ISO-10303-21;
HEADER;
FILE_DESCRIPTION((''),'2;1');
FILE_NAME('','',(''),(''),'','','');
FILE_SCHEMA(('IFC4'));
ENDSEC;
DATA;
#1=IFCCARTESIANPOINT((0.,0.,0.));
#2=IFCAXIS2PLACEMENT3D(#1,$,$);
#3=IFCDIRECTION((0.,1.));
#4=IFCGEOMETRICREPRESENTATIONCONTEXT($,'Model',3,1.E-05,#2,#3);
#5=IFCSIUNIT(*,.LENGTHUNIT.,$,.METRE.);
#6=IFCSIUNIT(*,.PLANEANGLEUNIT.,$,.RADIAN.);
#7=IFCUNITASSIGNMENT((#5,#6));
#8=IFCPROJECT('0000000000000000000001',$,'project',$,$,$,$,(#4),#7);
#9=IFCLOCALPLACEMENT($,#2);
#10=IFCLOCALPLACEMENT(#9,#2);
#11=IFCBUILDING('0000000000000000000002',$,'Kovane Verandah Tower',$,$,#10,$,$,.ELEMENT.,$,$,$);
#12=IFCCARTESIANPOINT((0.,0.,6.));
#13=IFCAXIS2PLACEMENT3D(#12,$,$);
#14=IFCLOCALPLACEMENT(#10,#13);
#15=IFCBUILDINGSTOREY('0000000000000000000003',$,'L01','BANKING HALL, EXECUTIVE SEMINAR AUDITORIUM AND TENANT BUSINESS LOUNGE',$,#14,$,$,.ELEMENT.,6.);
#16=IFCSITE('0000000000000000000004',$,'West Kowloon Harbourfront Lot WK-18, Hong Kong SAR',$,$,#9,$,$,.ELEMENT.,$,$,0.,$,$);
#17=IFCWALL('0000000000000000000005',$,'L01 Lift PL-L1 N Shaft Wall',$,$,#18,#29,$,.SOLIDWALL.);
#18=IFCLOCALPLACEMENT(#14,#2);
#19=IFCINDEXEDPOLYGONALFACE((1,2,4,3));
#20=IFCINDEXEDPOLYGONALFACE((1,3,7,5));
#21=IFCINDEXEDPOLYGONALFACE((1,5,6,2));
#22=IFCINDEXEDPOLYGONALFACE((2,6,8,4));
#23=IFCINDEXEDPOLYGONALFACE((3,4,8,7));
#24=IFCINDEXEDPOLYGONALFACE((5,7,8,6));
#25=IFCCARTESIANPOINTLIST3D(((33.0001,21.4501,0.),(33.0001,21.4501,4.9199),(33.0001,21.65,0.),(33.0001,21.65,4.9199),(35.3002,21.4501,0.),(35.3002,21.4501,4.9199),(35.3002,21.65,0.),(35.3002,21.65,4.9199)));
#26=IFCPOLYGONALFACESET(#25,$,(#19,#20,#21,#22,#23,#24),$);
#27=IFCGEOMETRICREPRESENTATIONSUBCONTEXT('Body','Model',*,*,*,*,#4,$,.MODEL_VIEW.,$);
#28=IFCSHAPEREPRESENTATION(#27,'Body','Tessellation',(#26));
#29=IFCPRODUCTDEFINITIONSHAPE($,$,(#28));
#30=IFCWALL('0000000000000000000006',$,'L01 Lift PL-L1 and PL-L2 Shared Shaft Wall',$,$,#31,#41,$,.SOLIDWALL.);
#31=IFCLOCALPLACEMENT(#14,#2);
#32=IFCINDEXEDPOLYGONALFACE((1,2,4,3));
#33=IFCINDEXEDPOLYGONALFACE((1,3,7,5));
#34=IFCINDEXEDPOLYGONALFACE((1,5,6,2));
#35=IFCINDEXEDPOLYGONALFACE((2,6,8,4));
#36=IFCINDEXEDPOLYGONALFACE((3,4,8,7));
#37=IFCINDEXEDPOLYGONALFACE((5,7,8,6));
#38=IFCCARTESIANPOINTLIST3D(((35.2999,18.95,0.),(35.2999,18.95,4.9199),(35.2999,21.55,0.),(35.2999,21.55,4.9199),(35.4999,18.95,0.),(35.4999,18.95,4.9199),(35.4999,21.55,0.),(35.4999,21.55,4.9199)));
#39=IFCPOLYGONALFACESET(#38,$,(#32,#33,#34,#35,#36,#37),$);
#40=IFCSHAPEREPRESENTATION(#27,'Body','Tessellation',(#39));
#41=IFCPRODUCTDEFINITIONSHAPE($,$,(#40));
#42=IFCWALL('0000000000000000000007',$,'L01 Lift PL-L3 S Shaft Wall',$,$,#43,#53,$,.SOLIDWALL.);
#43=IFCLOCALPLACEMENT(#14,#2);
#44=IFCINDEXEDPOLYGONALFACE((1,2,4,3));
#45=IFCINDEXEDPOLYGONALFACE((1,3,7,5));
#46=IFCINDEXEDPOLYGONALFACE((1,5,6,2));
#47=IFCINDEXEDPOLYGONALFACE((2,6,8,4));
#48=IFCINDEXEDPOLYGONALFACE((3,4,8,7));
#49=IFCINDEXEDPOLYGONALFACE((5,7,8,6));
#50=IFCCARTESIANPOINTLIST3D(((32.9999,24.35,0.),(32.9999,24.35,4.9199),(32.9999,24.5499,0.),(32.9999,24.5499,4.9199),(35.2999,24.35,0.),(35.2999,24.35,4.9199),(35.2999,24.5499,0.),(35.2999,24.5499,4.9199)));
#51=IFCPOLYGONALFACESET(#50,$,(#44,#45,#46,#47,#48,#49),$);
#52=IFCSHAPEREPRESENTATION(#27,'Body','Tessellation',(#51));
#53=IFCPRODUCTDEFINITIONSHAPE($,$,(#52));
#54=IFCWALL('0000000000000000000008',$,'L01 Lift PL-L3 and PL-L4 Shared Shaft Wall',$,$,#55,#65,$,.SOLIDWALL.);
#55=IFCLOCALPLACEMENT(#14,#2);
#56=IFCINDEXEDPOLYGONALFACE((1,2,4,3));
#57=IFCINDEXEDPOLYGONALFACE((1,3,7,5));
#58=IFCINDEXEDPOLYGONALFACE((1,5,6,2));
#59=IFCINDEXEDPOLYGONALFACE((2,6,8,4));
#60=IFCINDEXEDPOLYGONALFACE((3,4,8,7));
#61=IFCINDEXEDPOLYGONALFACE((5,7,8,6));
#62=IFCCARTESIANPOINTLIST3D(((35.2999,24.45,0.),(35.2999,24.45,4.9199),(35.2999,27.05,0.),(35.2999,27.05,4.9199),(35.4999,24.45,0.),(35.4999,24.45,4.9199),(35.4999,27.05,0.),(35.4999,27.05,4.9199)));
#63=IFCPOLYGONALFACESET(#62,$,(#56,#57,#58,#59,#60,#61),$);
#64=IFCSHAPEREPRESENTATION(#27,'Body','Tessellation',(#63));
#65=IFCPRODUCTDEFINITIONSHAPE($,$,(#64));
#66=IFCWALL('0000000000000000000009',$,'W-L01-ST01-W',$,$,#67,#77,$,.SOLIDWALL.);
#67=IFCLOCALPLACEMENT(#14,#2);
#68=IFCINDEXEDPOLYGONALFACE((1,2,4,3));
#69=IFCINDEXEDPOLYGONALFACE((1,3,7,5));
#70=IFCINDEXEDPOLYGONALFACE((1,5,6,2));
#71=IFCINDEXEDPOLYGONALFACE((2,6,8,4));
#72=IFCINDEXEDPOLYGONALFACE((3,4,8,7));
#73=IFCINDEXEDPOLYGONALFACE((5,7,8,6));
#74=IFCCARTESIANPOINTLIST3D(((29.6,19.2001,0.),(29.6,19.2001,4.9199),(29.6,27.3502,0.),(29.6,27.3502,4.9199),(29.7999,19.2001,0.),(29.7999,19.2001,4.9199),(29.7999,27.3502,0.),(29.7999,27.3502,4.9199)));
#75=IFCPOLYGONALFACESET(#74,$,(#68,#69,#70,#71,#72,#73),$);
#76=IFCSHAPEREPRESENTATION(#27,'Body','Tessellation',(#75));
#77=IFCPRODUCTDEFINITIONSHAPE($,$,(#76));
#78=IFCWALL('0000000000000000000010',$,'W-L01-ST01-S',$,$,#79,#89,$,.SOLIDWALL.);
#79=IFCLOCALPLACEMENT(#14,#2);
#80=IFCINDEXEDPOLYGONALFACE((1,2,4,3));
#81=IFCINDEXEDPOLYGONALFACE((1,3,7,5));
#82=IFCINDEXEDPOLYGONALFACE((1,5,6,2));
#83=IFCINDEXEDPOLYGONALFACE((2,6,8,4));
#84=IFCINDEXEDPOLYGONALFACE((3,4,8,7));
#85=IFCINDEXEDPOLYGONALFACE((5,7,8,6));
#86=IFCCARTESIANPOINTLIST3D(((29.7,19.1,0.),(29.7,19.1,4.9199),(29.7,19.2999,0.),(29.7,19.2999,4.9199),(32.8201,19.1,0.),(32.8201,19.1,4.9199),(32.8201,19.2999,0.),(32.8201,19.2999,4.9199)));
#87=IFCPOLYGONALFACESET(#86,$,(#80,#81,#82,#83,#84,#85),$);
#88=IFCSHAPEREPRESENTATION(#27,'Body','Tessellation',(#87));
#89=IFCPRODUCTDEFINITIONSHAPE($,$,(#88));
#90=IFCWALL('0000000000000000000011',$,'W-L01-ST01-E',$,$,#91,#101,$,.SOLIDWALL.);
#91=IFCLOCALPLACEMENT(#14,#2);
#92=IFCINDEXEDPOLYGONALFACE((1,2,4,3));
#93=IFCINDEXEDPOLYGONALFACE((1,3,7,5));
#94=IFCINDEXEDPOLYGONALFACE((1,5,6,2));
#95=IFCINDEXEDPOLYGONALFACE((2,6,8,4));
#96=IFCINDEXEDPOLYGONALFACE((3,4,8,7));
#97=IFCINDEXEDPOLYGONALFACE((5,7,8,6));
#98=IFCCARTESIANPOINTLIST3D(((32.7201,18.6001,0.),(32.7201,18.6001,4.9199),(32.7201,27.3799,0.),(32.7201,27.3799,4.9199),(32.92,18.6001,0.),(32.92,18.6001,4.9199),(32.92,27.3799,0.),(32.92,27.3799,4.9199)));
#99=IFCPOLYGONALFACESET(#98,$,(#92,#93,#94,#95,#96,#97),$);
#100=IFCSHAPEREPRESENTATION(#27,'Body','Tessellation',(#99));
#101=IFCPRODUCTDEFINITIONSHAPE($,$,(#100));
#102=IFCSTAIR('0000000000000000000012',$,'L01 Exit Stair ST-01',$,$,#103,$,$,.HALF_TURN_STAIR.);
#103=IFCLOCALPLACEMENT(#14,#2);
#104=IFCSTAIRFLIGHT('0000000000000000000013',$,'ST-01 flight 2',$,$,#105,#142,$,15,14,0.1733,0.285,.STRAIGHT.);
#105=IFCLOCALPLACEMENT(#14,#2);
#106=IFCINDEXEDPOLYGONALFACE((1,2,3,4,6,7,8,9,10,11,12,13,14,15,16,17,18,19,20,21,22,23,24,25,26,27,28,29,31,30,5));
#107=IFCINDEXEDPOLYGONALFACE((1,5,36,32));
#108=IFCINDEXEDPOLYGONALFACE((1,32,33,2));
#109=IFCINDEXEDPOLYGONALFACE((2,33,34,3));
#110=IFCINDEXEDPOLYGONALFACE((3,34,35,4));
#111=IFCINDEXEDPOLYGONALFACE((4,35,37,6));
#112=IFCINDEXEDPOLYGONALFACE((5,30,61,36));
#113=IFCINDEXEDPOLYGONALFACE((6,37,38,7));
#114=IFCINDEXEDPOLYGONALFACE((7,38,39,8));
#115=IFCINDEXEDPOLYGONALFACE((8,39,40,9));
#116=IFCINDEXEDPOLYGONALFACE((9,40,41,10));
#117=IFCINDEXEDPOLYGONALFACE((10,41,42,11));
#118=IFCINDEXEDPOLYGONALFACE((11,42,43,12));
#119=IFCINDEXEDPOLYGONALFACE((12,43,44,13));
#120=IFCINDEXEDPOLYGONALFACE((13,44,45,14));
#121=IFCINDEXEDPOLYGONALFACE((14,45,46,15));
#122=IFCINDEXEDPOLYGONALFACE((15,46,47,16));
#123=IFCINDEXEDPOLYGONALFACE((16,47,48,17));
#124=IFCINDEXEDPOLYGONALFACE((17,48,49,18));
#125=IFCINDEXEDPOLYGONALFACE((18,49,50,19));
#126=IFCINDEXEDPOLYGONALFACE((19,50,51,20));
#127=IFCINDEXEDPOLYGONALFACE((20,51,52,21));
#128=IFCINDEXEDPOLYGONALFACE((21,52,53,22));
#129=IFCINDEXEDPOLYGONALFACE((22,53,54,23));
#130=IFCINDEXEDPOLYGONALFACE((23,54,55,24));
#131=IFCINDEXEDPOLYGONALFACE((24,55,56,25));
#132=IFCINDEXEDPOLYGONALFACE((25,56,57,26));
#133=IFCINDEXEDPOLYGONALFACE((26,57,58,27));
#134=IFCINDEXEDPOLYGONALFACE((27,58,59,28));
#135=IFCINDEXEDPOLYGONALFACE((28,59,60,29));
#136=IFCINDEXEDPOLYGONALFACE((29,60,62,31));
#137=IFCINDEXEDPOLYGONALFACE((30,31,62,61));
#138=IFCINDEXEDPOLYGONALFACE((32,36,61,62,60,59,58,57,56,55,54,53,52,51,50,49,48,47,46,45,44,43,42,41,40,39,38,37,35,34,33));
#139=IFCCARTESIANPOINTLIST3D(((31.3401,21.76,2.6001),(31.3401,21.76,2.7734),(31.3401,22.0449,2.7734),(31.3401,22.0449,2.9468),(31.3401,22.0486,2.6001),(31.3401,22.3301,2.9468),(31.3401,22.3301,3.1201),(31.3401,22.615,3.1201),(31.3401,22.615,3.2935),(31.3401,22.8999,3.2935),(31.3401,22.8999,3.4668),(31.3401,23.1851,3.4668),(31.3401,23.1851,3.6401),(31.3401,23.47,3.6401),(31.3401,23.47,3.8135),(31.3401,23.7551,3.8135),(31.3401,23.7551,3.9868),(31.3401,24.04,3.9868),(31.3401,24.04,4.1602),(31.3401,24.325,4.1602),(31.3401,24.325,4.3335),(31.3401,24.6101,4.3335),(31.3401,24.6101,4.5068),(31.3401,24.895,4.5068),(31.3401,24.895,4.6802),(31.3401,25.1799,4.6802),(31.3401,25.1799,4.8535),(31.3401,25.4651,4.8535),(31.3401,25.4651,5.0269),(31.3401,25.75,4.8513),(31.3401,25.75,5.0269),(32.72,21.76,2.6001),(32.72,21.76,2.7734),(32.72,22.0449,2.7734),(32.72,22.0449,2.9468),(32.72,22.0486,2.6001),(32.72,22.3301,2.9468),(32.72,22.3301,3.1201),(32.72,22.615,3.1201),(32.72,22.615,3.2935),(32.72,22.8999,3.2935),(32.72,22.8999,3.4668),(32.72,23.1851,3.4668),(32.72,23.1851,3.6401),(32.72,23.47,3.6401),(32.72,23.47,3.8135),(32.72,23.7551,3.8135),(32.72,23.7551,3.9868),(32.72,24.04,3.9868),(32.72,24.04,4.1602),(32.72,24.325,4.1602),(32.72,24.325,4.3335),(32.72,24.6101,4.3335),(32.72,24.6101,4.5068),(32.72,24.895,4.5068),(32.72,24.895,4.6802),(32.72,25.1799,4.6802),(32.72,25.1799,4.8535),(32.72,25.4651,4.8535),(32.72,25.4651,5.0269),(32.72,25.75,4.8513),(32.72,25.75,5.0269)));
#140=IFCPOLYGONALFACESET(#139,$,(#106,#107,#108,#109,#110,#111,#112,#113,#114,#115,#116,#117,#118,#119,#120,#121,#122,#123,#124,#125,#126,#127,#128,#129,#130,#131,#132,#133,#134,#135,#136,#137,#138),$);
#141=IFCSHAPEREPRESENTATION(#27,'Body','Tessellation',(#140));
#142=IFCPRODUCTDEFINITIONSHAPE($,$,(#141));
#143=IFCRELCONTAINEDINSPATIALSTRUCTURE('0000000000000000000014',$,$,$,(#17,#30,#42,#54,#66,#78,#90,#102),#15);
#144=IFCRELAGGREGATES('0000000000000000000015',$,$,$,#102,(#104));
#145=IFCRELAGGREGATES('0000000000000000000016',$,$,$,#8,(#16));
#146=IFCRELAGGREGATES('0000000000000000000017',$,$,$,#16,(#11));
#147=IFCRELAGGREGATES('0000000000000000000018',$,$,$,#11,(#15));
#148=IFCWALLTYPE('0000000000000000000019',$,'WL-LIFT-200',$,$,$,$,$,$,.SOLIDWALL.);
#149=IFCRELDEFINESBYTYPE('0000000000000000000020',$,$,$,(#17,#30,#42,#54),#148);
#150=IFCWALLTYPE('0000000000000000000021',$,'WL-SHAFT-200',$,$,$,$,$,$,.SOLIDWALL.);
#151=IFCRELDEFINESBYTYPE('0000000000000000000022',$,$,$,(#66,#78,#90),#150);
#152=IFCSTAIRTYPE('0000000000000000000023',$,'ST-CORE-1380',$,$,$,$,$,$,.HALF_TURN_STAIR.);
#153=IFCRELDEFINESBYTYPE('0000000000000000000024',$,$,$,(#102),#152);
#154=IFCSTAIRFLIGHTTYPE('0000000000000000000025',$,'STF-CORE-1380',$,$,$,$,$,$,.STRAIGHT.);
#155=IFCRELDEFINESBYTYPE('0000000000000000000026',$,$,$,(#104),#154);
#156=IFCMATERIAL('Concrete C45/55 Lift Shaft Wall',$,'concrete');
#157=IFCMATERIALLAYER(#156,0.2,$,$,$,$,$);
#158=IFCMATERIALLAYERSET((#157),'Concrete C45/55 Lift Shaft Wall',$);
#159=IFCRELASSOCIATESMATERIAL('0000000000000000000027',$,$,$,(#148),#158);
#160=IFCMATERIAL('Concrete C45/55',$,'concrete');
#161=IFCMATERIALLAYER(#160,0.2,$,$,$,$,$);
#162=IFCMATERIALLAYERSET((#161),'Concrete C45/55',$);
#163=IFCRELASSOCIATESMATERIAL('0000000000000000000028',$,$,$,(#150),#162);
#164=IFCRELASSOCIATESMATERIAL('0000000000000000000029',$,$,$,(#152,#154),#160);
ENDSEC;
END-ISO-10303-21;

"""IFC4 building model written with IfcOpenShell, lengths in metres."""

from ifc_helpers import new_model, si_unit, direction, frame, frame_2d, origin, place, context, subcontext, project, spatial, polyline, rectangle, outline, extrude, material, layer, layer_set, type_object, element, aggregate, save


model = new_model("IFC4")

# Units and contexts
model_context = context("Model", 3, precision=1e-05, world=origin(), true_north=direction((0.0, 1.0)))
body_context = subcontext(model_context, "Body", "Model", "MODEL_VIEW")
ifc_project = project(units=[si_unit("LENGTHUNIT", "METRE"), si_unit("PLANEANGLEUNIT", "RADIAN")], contexts=[model_context])

# Site, building, storey
site_placement = place(None, origin())
site = spatial("IfcSite", under=ifc_project, at=site_placement, Name="West Kowloon Harbourfront Lot WK-18, Hong Kong SAR", CompositionType="ELEMENT", RefElevation=0.0)
building_placement = place(site_placement, origin())
building = spatial("IfcBuilding", under=site, at=building_placement, Name="Kovane Verandah Tower", CompositionType="ELEMENT")
storey_placement = place(building_placement, frame((0.0, 0.0, 6.0)))
storey = spatial("IfcBuildingStorey", under=building, at=storey_placement, Name="L01", Description="BANKING HALL, EXECUTIVE SEMINAR AUDITORIUM AND TENANT BUSINESS LOUNGE", CompositionType="ELEMENT", Elevation=6.0)

# Walls
ifc_material_1 = material(Name="Concrete C45/55 Lift Shaft Wall", Category="concrete")
ifc_layer_1 = layer(ifc_material_1, 0.2)
ifc_layer_set_1 = layer_set([ifc_layer_1], Name="Concrete C45/55 Lift Shaft Wall")
wall_type_1 = type_object("IfcWallType", Name="WL-LIFT-200", PredefinedType="SOLIDWALL", material=ifc_layer_set_1)
for number, where, z_axis, x_axis, name in (
    (1, (35.3, 21.55, 0.0), (0.0, 0.0, 1.0), (-1.0, 0.0, 0.0), "L01 Lift PL-L1 N Shaft Wall"),
):
    element("IfcWall", number, at=place(storey_placement, frame(where, z_axis=z_axis, x_axis=x_axis)), inside=storey, type_object=wall_type_1, Name=name, PredefinedType="SOLIDWALL", context=body_context, shape_type="SweptSolid", body=[
        extrude(rectangle(XDim=2.3, YDim=0.2, at=frame_2d((1.1499, 0.0))), origin(), (0.0, 0.0, 1.0), 4.9199),
    ])
wall_1_placement = place(storey_placement, frame((35.3999, 18.95, 0.0), z_axis=(0.0, 0.0, 1.0), x_axis=(0.0, 1.0, 0.0)))
element("IfcWall", 2, at=wall_1_placement, inside=storey, type_object=wall_type_1, Name="L01 Lift PL-L1 and PL-L2 Shared Shaft Wall", PredefinedType="SOLIDWALL", context=body_context, shape_type="SweptSolid", body=[
    extrude(rectangle(XDim=2.6001, YDim=0.2, at=frame_2d((1.3, 0.0))), origin(), (0.0, 0.0, 1.0), 4.9199),
])
wall_2_placement = place(storey_placement, frame((33.0, 24.45, 0.0), z_axis=(0.0, 0.0, 1.0), x_axis=(1.0, 0.0, 0.0)))
element("IfcWall", 3, at=wall_2_placement, inside=storey, type_object=wall_type_1, Name="L01 Lift PL-L3 S Shaft Wall", PredefinedType="SOLIDWALL", context=body_context, shape_type="SweptSolid", body=[
    extrude(rectangle(XDim=2.3, YDim=0.2, at=frame_2d((1.1499, 0.0))), origin(), (0.0, 0.0, 1.0), 4.9199),
])
wall_3_placement = place(storey_placement, frame((35.3999, 24.45, 0.0), z_axis=(0.0, 0.0, 1.0), x_axis=(0.0, 1.0, 0.0)))
element("IfcWall", 4, at=wall_3_placement, inside=storey, type_object=wall_type_1, Name="L01 Lift PL-L3 and PL-L4 Shared Shaft Wall", PredefinedType="SOLIDWALL", context=body_context, shape_type="SweptSolid", body=[
    extrude(rectangle(XDim=2.6001, YDim=0.2, at=frame_2d((1.3, 0.0))), origin(), (0.0, 0.0, 1.0), 4.9199),
])

# Walls
ifc_material_2 = material(Name="Concrete C45/55", Category="concrete")
ifc_layer_2 = layer(ifc_material_2, 0.2)
ifc_layer_set_2 = layer_set([ifc_layer_2], Name="Concrete C45/55")
wall_type_2 = type_object("IfcWallType", Name="WL-SHAFT-200", PredefinedType="SOLIDWALL", material=ifc_layer_set_2)
wall_4_placement = place(storey_placement, frame((29.7, 19.2, 0.0), z_axis=(0.0, 0.0, 1.0), x_axis=(0.0, 1.0, 0.0)))
element("IfcWall", 5, at=wall_4_placement, inside=storey, type_object=wall_type_2, Name="W-L01-ST01-W", PredefinedType="SOLIDWALL", context=body_context, shape_type="SweptSolid", body=[
    extrude(rectangle(XDim=8.1501, YDim=0.2, at=frame_2d((4.0752, 0.0))), origin(), (0.0, 0.0, 1.0), 4.9199),
])
wall_5_placement = place(storey_placement, frame((29.7, 19.2, 0.0), z_axis=(0.0, 0.0, 1.0), x_axis=(1.0, 0.0, 0.0)))
element("IfcWall", 6, at=wall_5_placement, inside=storey, type_object=wall_type_2, Name="W-L01-ST01-S", PredefinedType="SOLIDWALL", context=body_context, shape_type="SweptSolid", body=[
    extrude(rectangle(XDim=3.1201, YDim=0.2, at=frame_2d((1.5601, 0.0))), origin(), (0.0, 0.0, 1.0), 4.9199),
])
wall_6_placement = place(storey_placement, frame((32.8201, 18.6001, 0.0), z_axis=(0.0, 0.0, 1.0), x_axis=(0.0, 1.0, 0.0)))
element("IfcWall", 7, at=wall_6_placement, inside=storey, type_object=wall_type_2, Name="W-L01-ST01-E", PredefinedType="SOLIDWALL", context=body_context, shape_type="SweptSolid", body=[
    extrude(rectangle(XDim=8.7798, YDim=0.2, at=frame_2d((4.3899, 0.0))), origin(), (0.0, 0.0, 1.0), 4.9199),
])

# Stair, stair flight
stair_type = type_object("IfcStairType", Name="ST-CORE-1380", PredefinedType="HALF_TURN_STAIR", material=ifc_material_2)
stair_placement = place(storey_placement, origin())
stair = element("IfcStair", 8, at=stair_placement, inside=storey, type_object=stair_type, Name="L01 Exit Stair ST-01", PredefinedType="HALF_TURN_STAIR")
stair_flight_type = type_object("IfcStairFlightType", Name="STF-CORE-1380", PredefinedType="STRAIGHT", material=ifc_material_2)
stair_flight_placement = place(storey_placement, frame((32.03, 21.76, 2.6001), z_axis=(0.0, 0.0, 1.0), x_axis=(0.0, 1.0, 0.0)))
stair_flight = element("IfcStairFlight", 9, at=stair_flight_placement, type_object=stair_flight_type, Name="ST-01 flight 2", NumberOfRisers=15, NumberOfTreads=14, PredefinedType="STRAIGHT", RiserHeight=0.1733, TreadLength=0.285, context=body_context, shape_type="SweptSolid", body=[
    extrude(outline(polyline([(0.0, 0.0), (0.0, 0.1733), (0.2849, 0.1733), (0.2849, 0.3467), (0.5701, 0.3467), (0.5701, 0.52), (0.855, 0.52), (0.855, 0.6934), (1.1399, 0.6934), (1.1399, 0.8667), (1.425, 0.8667), (1.425, 1.04), (1.71, 1.04), (1.71, 1.2134), (1.9951, 1.2134), (1.9951, 1.3867), (2.28, 1.3867), (2.28, 1.5601), (2.5649, 1.5601), (2.5649, 1.7334), (2.8501, 1.7334), (2.8501, 1.9067), (3.135, 1.9067), (3.135, 2.0801), (3.4199, 2.0801), (3.4199, 2.2534), (3.7051, 2.2534), (3.7051, 2.4268), (3.99, 2.4268), (3.99, 2.6001), (3.99, 2.2512), (0.2886, 0.0), (0.0, 0.0)])), frame((0.0, 0.6899, 0.0), z_axis=(0.0, -1.0, 0.0), x_axis=(1.0, 0.0, 0.0)), (0.0, 0.0, 1.0), 1.3799),
])
aggregate(stair, [stair_flight])

save(model, "model.ifc")
